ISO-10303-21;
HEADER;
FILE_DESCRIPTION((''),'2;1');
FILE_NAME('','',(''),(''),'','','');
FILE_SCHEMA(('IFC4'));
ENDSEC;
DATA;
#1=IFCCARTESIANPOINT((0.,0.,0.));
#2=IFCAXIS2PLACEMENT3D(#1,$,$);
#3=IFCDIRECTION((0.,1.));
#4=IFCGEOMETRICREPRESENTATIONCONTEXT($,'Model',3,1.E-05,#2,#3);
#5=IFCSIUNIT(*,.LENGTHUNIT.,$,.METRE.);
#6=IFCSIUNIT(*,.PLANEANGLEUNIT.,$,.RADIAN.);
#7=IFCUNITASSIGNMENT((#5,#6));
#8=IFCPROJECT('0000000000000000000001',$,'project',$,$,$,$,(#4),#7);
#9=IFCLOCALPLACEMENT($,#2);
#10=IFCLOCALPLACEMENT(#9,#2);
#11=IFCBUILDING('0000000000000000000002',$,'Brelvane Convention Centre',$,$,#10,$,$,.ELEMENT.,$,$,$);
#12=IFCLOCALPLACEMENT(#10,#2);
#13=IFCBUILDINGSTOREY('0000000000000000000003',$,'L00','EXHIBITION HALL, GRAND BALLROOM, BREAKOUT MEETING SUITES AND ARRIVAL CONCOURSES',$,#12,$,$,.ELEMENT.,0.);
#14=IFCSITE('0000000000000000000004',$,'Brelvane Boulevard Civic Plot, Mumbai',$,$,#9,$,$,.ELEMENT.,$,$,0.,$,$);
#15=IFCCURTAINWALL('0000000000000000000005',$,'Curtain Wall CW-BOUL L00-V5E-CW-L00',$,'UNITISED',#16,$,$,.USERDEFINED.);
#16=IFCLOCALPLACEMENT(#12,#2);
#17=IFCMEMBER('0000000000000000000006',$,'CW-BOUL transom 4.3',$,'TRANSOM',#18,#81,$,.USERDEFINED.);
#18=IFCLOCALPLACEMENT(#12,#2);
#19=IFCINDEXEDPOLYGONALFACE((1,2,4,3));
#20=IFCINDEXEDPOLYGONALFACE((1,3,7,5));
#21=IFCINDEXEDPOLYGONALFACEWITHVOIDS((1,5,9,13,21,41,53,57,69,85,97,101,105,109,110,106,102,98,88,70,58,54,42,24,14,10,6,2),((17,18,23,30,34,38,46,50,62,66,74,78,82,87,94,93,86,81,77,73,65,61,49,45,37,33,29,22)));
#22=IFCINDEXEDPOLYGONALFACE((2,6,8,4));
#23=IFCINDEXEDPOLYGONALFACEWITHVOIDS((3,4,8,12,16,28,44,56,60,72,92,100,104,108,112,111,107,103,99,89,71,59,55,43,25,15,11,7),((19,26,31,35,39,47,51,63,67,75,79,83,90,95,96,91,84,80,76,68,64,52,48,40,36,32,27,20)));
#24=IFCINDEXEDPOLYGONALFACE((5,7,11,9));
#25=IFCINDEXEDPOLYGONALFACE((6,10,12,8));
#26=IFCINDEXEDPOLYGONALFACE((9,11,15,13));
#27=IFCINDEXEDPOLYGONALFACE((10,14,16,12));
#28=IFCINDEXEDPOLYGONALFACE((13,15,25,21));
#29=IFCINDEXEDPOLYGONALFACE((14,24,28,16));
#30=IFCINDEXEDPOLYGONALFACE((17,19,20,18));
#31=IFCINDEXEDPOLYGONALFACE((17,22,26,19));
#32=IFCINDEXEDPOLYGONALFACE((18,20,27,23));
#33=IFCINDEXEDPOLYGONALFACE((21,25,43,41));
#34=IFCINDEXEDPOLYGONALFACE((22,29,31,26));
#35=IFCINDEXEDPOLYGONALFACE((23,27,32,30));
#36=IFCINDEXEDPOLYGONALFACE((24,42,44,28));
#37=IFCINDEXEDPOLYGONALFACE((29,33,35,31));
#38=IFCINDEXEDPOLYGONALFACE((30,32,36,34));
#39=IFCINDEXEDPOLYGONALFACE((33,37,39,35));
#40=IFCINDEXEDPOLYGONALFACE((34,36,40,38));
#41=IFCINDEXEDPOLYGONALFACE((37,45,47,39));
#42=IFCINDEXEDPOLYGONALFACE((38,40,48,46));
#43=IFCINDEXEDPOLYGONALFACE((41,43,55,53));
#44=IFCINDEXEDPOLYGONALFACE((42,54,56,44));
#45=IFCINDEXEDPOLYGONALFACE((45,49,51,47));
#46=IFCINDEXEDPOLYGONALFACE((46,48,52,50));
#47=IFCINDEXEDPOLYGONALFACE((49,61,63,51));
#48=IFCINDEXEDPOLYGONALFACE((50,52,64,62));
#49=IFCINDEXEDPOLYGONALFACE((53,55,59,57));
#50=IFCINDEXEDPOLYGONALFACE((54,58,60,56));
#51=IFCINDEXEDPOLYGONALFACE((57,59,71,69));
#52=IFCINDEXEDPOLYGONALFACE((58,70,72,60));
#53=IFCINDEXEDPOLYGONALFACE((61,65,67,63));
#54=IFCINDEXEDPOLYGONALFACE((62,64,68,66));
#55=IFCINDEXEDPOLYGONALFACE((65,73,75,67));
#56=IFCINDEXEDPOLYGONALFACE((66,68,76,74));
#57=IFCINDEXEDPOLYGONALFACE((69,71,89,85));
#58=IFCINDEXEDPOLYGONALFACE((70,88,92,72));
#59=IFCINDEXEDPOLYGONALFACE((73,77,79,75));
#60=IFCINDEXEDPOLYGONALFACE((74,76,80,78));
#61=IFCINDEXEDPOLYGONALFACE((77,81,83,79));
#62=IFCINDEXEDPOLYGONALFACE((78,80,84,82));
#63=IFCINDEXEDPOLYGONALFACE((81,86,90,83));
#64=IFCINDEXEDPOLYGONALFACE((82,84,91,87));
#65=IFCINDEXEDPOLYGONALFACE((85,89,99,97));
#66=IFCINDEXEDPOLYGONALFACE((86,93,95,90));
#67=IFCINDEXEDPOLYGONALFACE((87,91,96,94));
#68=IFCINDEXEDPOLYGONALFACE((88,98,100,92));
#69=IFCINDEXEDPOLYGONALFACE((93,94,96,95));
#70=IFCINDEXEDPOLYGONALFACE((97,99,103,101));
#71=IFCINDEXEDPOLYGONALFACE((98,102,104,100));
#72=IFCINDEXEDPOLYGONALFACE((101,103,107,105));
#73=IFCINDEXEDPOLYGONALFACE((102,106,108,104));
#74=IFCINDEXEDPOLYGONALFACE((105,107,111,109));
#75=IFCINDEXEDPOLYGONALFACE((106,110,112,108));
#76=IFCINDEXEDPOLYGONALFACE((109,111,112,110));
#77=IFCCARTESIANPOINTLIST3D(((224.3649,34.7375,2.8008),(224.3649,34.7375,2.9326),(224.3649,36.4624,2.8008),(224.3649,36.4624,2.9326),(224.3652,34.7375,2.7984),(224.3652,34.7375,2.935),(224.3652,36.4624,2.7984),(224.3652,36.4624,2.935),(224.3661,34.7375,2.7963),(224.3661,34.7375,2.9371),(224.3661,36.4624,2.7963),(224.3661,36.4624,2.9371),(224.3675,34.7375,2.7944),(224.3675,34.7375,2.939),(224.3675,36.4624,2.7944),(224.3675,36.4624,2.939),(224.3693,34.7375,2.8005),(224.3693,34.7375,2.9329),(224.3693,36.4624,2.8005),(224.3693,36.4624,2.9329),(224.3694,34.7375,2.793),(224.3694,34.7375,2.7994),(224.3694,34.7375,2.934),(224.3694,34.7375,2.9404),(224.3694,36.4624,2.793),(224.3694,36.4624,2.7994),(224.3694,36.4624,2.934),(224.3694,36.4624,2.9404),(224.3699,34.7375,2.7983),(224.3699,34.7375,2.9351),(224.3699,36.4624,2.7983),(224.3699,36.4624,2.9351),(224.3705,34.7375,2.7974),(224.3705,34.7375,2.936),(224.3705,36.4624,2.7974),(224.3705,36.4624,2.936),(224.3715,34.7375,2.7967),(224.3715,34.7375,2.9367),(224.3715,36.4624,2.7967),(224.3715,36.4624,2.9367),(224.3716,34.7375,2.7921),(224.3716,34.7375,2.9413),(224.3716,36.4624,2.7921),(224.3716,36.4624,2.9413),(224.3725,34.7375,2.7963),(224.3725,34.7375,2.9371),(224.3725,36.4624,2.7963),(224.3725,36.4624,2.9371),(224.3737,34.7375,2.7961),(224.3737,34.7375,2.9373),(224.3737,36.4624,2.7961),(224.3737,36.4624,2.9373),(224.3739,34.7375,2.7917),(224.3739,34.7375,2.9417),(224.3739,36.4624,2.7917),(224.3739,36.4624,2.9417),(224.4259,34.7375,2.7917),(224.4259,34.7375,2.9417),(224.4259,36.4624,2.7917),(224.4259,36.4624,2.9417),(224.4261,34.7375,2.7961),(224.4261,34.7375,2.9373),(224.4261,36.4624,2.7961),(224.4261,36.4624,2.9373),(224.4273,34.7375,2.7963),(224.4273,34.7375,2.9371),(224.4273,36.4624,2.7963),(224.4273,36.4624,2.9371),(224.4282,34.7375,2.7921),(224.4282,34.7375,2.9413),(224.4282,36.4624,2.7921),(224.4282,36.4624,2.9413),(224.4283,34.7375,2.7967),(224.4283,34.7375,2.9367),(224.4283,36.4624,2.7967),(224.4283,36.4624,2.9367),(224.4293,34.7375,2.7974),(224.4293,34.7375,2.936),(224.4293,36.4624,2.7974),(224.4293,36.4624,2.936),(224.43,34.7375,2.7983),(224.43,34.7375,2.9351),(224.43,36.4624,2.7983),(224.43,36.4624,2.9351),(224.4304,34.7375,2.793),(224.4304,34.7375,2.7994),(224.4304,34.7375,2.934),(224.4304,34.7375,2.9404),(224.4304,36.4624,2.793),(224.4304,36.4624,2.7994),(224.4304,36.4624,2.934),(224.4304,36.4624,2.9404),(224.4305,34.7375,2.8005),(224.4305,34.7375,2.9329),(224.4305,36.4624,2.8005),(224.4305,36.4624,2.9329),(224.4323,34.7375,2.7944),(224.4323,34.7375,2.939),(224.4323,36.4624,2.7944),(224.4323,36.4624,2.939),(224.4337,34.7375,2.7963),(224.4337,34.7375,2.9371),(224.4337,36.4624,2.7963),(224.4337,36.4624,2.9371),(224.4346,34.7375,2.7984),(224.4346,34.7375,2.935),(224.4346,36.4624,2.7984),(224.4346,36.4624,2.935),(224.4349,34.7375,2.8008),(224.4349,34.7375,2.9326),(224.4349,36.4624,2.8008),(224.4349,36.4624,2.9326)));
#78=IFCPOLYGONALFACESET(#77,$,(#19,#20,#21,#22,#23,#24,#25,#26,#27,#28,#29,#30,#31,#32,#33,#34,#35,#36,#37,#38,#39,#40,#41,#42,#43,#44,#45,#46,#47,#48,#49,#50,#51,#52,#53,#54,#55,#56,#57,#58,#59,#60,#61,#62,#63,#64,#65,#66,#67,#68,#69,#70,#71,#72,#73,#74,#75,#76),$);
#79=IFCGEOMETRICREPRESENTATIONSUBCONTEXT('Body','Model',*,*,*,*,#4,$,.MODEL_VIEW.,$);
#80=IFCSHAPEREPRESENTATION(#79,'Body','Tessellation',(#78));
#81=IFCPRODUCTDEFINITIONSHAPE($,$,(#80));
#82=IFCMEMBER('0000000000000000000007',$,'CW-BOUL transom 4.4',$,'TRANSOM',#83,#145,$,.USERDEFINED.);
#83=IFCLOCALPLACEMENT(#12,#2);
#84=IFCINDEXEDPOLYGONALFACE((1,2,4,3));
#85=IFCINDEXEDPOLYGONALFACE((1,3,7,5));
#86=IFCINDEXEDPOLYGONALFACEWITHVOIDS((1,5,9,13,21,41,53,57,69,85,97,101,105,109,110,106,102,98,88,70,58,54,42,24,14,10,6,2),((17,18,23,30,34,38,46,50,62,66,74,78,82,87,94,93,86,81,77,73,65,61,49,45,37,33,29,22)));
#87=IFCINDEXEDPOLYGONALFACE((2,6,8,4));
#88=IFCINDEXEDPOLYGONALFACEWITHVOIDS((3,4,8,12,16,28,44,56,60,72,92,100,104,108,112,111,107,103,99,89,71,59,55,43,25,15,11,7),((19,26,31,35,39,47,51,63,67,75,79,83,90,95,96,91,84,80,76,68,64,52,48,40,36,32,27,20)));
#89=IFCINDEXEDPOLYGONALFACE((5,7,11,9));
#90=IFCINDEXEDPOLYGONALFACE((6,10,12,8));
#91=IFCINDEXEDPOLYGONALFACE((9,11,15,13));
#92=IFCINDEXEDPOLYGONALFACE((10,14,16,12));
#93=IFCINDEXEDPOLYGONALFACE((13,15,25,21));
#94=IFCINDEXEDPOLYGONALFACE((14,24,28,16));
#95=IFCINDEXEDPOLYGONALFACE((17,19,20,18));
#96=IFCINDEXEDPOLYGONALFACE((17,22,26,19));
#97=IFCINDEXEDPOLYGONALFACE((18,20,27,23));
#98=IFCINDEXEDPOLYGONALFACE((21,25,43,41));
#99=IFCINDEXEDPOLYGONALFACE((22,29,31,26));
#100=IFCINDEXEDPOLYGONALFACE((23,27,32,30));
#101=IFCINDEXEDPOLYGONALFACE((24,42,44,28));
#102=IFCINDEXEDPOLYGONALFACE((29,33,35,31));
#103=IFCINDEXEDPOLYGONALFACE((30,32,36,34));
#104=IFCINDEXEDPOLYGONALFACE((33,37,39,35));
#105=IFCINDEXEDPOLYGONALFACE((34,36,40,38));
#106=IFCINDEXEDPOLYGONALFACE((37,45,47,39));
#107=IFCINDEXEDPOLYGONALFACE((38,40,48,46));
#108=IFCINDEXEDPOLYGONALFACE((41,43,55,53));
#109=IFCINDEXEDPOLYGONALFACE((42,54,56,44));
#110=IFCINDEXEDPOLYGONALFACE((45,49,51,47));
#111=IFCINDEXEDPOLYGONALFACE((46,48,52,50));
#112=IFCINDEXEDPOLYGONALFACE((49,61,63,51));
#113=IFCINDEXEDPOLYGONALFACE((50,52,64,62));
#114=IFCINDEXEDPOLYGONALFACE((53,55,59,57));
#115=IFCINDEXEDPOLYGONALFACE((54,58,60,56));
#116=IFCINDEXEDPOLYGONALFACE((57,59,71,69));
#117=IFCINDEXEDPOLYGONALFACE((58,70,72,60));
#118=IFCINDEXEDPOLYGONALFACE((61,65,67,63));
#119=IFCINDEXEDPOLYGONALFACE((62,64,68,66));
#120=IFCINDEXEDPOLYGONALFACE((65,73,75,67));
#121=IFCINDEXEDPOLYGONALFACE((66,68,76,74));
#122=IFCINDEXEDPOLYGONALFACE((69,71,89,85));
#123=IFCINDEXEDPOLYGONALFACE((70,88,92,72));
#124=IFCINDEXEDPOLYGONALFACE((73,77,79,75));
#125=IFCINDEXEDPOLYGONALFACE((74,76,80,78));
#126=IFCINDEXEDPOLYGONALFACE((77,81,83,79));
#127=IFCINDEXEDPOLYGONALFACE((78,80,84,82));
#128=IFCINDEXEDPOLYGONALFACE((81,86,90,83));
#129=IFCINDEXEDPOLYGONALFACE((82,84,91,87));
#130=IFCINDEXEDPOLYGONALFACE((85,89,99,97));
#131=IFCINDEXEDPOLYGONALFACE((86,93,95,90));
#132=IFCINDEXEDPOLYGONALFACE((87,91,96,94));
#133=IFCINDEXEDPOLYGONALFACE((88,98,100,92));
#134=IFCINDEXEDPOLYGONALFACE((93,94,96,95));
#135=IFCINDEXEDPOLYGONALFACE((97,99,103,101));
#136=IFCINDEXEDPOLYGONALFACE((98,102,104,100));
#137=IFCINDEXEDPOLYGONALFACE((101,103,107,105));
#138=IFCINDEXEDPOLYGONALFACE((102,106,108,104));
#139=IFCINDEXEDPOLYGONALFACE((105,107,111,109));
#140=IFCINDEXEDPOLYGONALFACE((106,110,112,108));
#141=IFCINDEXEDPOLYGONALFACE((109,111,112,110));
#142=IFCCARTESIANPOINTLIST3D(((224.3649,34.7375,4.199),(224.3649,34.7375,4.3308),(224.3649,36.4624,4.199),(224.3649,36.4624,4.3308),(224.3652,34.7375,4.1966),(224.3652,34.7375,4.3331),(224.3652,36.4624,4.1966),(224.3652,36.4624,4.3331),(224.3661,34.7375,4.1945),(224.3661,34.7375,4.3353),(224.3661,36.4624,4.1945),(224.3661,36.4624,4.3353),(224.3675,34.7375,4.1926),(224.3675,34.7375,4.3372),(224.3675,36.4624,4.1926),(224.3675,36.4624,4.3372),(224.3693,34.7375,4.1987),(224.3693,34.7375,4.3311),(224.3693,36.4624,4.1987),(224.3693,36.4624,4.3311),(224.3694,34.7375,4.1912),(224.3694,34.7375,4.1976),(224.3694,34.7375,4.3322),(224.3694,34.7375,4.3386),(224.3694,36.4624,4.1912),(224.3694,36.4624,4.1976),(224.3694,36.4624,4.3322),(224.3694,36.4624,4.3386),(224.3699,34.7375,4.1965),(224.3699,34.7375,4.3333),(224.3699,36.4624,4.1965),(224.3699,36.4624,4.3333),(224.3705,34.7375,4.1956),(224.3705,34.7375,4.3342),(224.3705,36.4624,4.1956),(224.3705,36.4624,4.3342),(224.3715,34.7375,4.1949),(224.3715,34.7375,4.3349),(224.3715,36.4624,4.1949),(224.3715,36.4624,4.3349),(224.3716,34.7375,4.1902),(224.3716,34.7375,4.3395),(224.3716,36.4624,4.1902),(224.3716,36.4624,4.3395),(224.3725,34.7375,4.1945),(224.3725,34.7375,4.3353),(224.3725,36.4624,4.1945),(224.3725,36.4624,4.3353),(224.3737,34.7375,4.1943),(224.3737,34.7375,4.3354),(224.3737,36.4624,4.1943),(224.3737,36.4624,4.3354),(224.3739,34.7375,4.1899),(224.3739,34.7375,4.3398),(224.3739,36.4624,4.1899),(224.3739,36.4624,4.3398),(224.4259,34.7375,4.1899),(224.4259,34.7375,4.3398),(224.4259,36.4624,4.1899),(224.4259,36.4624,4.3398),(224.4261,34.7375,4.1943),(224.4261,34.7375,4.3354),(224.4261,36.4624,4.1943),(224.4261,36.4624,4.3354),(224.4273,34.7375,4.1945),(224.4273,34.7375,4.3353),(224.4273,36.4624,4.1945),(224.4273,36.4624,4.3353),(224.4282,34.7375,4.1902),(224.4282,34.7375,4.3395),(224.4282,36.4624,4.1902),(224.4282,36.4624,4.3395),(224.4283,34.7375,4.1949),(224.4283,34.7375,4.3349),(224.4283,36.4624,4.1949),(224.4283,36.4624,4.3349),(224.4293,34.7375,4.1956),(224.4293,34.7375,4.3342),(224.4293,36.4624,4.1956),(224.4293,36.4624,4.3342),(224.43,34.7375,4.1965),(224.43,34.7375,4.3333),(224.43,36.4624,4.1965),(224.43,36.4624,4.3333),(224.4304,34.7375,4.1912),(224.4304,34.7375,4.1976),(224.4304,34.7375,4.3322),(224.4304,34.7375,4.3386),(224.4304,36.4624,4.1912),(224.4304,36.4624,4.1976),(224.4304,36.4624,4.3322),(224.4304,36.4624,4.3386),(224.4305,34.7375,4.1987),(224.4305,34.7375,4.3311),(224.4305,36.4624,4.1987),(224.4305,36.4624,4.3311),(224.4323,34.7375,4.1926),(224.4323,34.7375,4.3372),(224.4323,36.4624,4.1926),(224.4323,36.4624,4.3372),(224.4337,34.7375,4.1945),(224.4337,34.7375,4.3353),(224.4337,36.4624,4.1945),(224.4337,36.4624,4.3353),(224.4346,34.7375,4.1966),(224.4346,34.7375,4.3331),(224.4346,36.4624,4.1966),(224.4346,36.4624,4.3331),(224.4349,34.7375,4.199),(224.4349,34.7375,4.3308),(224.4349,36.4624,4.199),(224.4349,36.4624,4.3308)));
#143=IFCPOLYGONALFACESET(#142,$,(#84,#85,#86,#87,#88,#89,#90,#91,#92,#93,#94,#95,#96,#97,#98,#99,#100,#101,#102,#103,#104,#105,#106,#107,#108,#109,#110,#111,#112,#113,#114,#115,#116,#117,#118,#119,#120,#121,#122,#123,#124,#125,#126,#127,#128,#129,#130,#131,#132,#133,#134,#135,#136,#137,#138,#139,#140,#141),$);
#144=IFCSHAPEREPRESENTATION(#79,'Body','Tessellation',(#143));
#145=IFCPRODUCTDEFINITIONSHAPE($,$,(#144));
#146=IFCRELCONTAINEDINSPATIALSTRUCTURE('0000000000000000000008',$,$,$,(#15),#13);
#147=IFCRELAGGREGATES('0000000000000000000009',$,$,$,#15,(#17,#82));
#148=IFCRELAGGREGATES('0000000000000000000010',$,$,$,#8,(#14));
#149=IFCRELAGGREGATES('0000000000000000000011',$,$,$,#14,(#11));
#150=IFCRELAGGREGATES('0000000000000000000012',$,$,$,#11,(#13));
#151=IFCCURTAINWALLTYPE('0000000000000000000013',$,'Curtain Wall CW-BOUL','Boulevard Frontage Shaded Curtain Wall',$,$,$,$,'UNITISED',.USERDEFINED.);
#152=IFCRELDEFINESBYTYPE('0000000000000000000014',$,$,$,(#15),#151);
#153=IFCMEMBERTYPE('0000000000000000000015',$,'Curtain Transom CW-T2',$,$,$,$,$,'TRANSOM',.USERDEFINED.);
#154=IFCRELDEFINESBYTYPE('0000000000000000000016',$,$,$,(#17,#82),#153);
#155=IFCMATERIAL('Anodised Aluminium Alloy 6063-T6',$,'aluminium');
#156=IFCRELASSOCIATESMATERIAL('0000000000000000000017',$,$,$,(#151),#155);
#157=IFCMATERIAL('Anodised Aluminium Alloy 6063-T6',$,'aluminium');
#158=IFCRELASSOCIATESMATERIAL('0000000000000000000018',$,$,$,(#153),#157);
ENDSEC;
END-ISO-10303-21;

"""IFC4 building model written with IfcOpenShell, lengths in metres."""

from ifc_helpers import new_model, si_unit, direction, frame, origin, origin_2d, place, context, subcontext, project, spatial, hollow_rectangle, extrude, material, material_profile, profile_set, type_object, element, aggregate, save


model = new_model("IFC4")

# Units and contexts
model_context = context("Model", 3, precision=1e-05, world=origin(), true_north=direction((0.0, 1.0)))
body_context = subcontext(model_context, "Body", "Model", "MODEL_VIEW")
ifc_project = project(units=[si_unit("LENGTHUNIT", "METRE"), si_unit("PLANEANGLEUNIT", "RADIAN")], contexts=[model_context])

# Site, building, storey
site_placement = place(None, origin())
site = spatial("IfcSite", under=ifc_project, at=site_placement, Name="Brelvane Boulevard Civic Plot, Mumbai", CompositionType="ELEMENT", RefElevation=0.0)
building_placement = place(site_placement, origin())
building = spatial("IfcBuilding", under=site, at=building_placement, Name="Brelvane Convention Centre", CompositionType="ELEMENT")
storey_placement = place(building_placement, origin())
storey = spatial("IfcBuildingStorey", under=building, at=storey_placement, Name="L00", Description="EXHIBITION HALL, GRAND BALLROOM, BREAKOUT MEETING SUITES AND ARRIVAL CONCOURSES", CompositionType="ELEMENT", Elevation=0.0)

# Curtain wall, members
ifc_material_1 = material(Name="Anodised Aluminium Alloy 6063-T6", Category="aluminium")
curtain_wall_type = type_object("IfcCurtainWallType", Name="Curtain Wall CW-BOUL", Description="Boulevard Frontage Shaded Curtain Wall", ElementType="UNITISED", PredefinedType="USERDEFINED", material=ifc_material_1)
curtain_wall_placement = place(storey_placement, origin())
curtain_wall = element("IfcCurtainWall", 1, at=curtain_wall_placement, inside=storey, type_object=curtain_wall_type, Name="Curtain Wall CW-BOUL L00-V5E-CW-L00", ObjectType="UNITISED", PredefinedType="USERDEFINED")
ifc_material_2 = material(Name="Anodised Aluminium Alloy 6063-T6", Category="aluminium")
ifc_material_profile_1 = material_profile(ifc_material_2, hollow_rectangle(XDim=0.0701, YDim=0.1499, WallThickness=0.0044, InnerFilletRadius=0.0044, OuterFilletRadius=0.009, at=origin_2d()), Name="ALU-T 150x70x4.5")
ifc_profile_set_1 = profile_set([ifc_material_profile_1], Name="Anodised Aluminium Alloy 6063-T6")
member_type_1 = type_object("IfcMemberType", Name="Curtain Transom CW-T2", ElementType="TRANSOM", PredefinedType="USERDEFINED", material=ifc_profile_set_1)
member_1_placement = place(storey_placement, frame((224.3999, 34.7375, 2.8667), z_axis=(0.0, 1.0, 0.0), x_axis=(-1.0, 0.0, 0.0)))
member_1 = element("IfcMember", 2, at=member_1_placement, type_object=member_type_1, Name="CW-BOUL transom 4.3", ObjectType="TRANSOM", PredefinedType="USERDEFINED", context=body_context, shape_type="SweptSolid", body=[
    extrude(hollow_rectangle(XDim=0.0701, YDim=0.1499, WallThickness=0.0044, InnerFilletRadius=0.0044, OuterFilletRadius=0.009, at=origin_2d()), origin(), (0.0, 0.0, 1.0), 1.7249),
])
member_2_placement = place(storey_placement, frame((224.3999, 34.7375, 4.2649), z_axis=(0.0, 1.0, 0.0), x_axis=(-1.0, 0.0, 0.0)))
member_2 = element("IfcMember", 3, at=member_2_placement, type_object=member_type_1, Name="CW-BOUL transom 4.4", ObjectType="TRANSOM", PredefinedType="USERDEFINED", context=body_context, shape_type="SweptSolid", body=[
    extrude(hollow_rectangle(XDim=0.0701, YDim=0.1499, WallThickness=0.0044, InnerFilletRadius=0.0044, OuterFilletRadius=0.009, at=origin_2d()), origin(), (0.0, 0.0, 1.0), 1.7249),
])

aggregate(curtain_wall, [member_1, member_2])

save(model, "model.ifc")
